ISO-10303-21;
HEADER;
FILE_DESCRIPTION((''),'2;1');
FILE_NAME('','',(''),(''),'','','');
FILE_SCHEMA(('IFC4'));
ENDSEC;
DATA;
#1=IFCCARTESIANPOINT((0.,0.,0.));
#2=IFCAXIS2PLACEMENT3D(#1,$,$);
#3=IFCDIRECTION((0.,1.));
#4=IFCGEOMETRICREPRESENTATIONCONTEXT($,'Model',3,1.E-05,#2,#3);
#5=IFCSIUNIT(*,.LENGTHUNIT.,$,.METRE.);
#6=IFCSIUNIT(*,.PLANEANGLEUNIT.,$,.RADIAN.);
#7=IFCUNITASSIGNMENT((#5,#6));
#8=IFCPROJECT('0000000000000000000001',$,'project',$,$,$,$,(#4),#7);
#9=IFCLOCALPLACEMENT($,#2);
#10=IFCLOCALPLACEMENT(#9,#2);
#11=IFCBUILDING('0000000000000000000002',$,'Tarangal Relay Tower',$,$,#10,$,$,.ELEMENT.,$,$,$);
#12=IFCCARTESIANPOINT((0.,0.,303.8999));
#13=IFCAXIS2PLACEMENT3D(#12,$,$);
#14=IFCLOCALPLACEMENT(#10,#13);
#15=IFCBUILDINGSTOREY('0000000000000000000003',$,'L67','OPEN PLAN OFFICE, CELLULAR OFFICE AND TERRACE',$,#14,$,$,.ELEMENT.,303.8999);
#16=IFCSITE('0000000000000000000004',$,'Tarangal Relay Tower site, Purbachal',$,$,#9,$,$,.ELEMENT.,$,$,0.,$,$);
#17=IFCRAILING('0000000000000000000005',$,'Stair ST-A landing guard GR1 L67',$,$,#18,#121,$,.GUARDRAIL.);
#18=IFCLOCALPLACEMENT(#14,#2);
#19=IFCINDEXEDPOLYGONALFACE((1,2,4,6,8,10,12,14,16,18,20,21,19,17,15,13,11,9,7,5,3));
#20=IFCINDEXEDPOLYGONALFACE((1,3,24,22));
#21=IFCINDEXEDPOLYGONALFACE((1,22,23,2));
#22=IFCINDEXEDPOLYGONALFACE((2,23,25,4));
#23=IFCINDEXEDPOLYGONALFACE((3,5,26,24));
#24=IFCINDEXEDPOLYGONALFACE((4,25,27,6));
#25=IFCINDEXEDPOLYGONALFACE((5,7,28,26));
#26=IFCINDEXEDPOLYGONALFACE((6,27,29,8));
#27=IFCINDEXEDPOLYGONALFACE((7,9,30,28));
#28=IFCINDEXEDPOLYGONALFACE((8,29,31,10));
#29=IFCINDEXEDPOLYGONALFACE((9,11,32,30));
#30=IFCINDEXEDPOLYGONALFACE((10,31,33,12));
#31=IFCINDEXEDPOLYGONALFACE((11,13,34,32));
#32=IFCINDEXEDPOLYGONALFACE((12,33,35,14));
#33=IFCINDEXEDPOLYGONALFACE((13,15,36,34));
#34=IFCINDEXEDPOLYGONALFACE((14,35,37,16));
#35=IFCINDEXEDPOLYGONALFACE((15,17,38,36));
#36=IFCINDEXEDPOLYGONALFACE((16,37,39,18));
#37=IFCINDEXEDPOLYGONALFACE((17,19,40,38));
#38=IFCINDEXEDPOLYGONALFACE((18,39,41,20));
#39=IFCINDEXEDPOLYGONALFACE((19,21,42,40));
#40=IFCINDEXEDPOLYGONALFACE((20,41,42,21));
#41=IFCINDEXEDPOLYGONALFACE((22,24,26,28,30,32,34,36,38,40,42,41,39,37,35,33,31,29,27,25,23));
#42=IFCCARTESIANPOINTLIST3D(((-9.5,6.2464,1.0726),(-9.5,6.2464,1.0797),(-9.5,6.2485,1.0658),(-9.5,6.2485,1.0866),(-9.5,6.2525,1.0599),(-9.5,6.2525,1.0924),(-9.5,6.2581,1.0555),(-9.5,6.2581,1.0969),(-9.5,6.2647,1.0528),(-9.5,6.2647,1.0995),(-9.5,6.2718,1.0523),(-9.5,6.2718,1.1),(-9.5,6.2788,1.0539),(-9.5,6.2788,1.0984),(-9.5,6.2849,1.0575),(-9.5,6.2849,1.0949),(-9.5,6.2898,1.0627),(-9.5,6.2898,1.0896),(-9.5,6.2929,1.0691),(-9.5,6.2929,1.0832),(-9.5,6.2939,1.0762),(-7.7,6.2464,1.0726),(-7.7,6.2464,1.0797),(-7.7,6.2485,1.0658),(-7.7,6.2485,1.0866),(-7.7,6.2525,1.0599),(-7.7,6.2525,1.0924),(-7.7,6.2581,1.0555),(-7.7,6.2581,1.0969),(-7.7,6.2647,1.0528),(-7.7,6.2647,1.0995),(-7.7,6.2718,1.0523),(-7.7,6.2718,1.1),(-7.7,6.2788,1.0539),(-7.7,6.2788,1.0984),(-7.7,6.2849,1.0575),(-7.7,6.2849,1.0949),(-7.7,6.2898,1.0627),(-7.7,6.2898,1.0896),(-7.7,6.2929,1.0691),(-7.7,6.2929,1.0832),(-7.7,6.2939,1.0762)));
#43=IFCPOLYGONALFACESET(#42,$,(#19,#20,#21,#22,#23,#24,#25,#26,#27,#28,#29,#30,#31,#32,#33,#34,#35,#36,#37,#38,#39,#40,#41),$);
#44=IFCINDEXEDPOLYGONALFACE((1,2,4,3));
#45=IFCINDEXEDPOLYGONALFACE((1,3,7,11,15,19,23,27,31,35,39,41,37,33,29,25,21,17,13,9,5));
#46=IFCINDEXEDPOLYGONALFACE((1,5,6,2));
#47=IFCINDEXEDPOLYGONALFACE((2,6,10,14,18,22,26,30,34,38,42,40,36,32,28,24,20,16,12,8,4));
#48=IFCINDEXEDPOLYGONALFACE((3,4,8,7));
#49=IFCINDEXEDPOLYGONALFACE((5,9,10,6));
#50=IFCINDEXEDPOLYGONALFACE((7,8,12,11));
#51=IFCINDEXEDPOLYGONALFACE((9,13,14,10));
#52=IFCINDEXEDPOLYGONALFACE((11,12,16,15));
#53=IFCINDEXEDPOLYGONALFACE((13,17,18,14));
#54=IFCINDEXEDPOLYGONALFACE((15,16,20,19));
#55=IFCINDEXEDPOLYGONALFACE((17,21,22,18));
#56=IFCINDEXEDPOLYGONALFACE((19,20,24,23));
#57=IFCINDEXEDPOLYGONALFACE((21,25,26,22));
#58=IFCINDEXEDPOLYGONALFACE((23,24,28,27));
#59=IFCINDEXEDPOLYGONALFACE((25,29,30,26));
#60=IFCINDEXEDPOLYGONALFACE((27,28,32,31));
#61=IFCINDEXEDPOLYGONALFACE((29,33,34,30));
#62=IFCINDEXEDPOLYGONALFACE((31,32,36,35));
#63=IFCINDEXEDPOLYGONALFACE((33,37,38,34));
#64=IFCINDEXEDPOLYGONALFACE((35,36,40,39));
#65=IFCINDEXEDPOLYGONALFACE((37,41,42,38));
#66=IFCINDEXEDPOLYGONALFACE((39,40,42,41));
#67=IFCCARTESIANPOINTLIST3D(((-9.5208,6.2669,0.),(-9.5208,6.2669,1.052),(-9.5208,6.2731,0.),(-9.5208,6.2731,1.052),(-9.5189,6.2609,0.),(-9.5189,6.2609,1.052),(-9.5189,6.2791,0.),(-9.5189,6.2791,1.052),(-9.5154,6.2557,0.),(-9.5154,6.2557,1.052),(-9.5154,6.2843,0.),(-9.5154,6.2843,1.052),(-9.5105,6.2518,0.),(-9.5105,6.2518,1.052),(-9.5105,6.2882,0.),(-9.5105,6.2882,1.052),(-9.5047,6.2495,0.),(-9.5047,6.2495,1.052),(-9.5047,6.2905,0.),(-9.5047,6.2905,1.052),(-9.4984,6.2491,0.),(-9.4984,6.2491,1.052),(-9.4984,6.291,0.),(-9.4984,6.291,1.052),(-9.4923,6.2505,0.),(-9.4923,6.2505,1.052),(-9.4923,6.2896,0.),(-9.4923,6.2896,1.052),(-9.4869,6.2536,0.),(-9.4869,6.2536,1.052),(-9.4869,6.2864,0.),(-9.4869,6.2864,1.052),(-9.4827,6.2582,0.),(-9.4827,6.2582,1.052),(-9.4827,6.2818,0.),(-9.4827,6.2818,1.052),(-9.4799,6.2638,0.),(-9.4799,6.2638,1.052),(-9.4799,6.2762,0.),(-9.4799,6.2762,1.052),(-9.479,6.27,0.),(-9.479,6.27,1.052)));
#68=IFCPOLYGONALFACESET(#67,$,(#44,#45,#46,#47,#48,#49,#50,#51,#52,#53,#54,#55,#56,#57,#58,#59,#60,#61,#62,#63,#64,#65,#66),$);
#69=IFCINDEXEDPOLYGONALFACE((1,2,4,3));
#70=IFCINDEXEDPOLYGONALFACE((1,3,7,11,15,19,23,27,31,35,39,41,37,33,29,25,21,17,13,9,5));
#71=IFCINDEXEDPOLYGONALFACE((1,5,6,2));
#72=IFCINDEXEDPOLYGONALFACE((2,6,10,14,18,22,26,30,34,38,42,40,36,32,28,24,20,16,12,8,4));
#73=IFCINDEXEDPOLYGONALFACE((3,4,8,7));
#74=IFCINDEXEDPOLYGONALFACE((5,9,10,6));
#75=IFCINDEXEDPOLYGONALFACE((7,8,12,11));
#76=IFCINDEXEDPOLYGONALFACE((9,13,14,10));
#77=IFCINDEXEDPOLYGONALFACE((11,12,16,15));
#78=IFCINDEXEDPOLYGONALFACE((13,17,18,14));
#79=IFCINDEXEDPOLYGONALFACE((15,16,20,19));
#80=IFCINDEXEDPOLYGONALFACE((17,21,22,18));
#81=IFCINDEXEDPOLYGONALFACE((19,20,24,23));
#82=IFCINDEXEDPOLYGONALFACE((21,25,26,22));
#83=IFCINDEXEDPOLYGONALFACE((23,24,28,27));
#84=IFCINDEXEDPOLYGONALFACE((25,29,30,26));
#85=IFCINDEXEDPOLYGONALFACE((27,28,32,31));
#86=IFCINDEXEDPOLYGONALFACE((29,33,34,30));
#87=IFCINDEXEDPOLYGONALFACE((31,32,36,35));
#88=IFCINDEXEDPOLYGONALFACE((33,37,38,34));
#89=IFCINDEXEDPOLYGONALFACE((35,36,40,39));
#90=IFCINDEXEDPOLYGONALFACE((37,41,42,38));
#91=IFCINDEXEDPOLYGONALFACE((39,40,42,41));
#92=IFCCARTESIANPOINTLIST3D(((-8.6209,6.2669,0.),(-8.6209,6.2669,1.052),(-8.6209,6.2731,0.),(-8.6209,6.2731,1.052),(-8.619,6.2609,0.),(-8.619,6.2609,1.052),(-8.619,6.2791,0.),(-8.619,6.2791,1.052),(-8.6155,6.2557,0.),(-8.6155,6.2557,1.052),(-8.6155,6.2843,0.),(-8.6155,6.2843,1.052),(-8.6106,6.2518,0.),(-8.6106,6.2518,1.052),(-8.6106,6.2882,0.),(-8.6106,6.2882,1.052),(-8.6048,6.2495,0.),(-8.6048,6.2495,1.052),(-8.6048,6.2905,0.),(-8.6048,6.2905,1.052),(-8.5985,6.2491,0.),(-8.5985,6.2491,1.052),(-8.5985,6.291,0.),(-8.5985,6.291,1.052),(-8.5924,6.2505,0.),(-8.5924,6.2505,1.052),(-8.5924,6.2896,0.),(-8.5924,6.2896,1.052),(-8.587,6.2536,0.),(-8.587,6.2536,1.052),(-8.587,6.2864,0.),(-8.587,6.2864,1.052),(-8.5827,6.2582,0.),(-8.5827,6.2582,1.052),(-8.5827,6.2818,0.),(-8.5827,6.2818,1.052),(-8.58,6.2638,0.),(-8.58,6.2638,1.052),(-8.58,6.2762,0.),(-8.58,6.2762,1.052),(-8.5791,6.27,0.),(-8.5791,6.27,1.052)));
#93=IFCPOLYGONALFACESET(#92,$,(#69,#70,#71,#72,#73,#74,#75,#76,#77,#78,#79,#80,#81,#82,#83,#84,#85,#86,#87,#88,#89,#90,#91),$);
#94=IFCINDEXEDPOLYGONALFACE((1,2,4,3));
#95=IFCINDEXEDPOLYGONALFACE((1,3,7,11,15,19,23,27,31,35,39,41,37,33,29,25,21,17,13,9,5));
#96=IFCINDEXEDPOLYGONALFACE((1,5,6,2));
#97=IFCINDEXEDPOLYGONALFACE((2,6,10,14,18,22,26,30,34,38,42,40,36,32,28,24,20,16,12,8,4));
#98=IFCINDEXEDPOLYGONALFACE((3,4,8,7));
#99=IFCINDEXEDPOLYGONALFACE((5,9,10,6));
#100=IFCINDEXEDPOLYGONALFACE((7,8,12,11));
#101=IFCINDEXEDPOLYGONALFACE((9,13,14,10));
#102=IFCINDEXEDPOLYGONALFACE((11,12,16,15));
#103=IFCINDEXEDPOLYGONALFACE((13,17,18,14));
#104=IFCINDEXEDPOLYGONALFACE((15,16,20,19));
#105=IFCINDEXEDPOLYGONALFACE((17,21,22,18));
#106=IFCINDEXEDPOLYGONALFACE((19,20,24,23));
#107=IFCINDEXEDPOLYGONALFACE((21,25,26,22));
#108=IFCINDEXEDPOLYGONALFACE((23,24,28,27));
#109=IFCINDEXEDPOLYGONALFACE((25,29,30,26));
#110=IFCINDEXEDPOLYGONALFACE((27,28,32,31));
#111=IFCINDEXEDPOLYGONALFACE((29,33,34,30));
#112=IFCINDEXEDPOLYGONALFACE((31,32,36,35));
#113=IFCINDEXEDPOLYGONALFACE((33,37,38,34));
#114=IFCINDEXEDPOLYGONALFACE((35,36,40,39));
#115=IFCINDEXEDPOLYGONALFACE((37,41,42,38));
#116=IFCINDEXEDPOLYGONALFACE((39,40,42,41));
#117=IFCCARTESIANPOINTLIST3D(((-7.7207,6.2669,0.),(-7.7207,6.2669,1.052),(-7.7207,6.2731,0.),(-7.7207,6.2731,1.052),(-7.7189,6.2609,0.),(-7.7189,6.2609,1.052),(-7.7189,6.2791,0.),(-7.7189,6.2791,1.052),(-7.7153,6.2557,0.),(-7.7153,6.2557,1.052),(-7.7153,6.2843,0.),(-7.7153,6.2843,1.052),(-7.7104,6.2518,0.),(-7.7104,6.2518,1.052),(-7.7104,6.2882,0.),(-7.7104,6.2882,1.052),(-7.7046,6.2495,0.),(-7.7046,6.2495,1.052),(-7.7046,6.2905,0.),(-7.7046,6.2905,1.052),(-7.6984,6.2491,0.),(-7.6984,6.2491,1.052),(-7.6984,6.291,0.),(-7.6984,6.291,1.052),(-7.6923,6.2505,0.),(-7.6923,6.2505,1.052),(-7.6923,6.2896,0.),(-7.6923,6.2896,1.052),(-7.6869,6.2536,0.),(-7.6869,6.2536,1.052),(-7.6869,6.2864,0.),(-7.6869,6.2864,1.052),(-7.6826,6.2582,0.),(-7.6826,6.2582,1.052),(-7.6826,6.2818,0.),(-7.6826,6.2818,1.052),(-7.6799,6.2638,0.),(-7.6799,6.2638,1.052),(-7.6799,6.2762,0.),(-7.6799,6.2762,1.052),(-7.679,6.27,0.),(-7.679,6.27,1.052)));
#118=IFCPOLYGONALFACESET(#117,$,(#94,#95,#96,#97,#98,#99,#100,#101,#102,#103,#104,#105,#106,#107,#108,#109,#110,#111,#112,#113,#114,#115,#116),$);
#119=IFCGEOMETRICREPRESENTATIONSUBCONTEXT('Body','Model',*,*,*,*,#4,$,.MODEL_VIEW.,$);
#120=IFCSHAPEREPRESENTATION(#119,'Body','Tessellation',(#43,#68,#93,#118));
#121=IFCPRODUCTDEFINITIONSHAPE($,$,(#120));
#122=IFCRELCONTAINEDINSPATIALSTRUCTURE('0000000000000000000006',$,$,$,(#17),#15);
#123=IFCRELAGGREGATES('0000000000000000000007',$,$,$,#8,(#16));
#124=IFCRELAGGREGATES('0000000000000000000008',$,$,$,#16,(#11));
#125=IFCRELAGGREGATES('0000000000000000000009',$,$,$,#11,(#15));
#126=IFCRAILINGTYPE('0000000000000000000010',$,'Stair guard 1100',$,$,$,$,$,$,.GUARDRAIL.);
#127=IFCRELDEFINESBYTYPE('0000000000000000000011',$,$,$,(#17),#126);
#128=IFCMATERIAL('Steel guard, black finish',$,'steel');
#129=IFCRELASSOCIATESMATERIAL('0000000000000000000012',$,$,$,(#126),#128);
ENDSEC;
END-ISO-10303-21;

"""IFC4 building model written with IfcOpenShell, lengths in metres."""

from ifc_helpers import new_model, si_unit, direction, frame, origin, origin_2d, place, context, subcontext, project, spatial, circle, extrude, material, type_object, element, save


model = new_model("IFC4")

# Units and contexts
model_context = context("Model", 3, precision=1e-05, world=origin(), true_north=direction((0.0, 1.0)))
body_context = subcontext(model_context, "Body", "Model", "MODEL_VIEW")
ifc_project = project(units=[si_unit("LENGTHUNIT", "METRE"), si_unit("PLANEANGLEUNIT", "RADIAN")], contexts=[model_context])

# Site, building, storey
site_placement = place(None, origin())
site = spatial("IfcSite", under=ifc_project, at=site_placement, Name="Tarangal Relay Tower site, Purbachal", CompositionType="ELEMENT", RefElevation=0.0)
building_placement = place(site_placement, origin())
building = spatial("IfcBuilding", under=site, at=building_placement, Name="Tarangal Relay Tower", CompositionType="ELEMENT")
storey_placement = place(building_placement, frame((0.0, 0.0, 303.8999)))
storey = spatial("IfcBuildingStorey", under=building, at=storey_placement, Name="L67", Description="OPEN PLAN OFFICE, CELLULAR OFFICE AND TERRACE", CompositionType="ELEMENT", Elevation=303.8999)

# Railing
ifc_material_1 = material(Name="Steel guard, black finish", Category="steel")
railing_type_1 = type_object("IfcRailingType", Name="Stair guard 1100", PredefinedType="GUARDRAIL", material=ifc_material_1)
railing_1_placement = place(storey_placement, frame((-9.5, 6.27, 0.0)))
element("IfcRailing", 1, at=railing_1_placement, inside=storey, type_object=railing_type_1, Name="Stair ST-A landing guard GR1 L67", PredefinedType="GUARDRAIL", context=body_context, shape_type="SweptSolid", body=[
    extrude(circle(Radius=0.0239, at=origin_2d()), frame((0.0, 0.0, 1.0762), z_axis=(1.0, 0.0, 0.0), x_axis=(0.0, 1.0, 0.0)), (0.0, 0.0, 1.0), 1.8),
    extrude(circle(Radius=0.021, at=origin_2d()), origin(), (0.0, 0.0, 1.0), 1.052),
    extrude(circle(Radius=0.021, at=origin_2d()), frame((0.8999, 0.0, 0.0)), (0.0, 0.0, 1.0), 1.052),
    extrude(circle(Radius=0.021, at=origin_2d()), frame((1.8, 0.0, 0.0)), (0.0, 0.0, 1.0), 1.052),
])

save(model, "model.ifc")
